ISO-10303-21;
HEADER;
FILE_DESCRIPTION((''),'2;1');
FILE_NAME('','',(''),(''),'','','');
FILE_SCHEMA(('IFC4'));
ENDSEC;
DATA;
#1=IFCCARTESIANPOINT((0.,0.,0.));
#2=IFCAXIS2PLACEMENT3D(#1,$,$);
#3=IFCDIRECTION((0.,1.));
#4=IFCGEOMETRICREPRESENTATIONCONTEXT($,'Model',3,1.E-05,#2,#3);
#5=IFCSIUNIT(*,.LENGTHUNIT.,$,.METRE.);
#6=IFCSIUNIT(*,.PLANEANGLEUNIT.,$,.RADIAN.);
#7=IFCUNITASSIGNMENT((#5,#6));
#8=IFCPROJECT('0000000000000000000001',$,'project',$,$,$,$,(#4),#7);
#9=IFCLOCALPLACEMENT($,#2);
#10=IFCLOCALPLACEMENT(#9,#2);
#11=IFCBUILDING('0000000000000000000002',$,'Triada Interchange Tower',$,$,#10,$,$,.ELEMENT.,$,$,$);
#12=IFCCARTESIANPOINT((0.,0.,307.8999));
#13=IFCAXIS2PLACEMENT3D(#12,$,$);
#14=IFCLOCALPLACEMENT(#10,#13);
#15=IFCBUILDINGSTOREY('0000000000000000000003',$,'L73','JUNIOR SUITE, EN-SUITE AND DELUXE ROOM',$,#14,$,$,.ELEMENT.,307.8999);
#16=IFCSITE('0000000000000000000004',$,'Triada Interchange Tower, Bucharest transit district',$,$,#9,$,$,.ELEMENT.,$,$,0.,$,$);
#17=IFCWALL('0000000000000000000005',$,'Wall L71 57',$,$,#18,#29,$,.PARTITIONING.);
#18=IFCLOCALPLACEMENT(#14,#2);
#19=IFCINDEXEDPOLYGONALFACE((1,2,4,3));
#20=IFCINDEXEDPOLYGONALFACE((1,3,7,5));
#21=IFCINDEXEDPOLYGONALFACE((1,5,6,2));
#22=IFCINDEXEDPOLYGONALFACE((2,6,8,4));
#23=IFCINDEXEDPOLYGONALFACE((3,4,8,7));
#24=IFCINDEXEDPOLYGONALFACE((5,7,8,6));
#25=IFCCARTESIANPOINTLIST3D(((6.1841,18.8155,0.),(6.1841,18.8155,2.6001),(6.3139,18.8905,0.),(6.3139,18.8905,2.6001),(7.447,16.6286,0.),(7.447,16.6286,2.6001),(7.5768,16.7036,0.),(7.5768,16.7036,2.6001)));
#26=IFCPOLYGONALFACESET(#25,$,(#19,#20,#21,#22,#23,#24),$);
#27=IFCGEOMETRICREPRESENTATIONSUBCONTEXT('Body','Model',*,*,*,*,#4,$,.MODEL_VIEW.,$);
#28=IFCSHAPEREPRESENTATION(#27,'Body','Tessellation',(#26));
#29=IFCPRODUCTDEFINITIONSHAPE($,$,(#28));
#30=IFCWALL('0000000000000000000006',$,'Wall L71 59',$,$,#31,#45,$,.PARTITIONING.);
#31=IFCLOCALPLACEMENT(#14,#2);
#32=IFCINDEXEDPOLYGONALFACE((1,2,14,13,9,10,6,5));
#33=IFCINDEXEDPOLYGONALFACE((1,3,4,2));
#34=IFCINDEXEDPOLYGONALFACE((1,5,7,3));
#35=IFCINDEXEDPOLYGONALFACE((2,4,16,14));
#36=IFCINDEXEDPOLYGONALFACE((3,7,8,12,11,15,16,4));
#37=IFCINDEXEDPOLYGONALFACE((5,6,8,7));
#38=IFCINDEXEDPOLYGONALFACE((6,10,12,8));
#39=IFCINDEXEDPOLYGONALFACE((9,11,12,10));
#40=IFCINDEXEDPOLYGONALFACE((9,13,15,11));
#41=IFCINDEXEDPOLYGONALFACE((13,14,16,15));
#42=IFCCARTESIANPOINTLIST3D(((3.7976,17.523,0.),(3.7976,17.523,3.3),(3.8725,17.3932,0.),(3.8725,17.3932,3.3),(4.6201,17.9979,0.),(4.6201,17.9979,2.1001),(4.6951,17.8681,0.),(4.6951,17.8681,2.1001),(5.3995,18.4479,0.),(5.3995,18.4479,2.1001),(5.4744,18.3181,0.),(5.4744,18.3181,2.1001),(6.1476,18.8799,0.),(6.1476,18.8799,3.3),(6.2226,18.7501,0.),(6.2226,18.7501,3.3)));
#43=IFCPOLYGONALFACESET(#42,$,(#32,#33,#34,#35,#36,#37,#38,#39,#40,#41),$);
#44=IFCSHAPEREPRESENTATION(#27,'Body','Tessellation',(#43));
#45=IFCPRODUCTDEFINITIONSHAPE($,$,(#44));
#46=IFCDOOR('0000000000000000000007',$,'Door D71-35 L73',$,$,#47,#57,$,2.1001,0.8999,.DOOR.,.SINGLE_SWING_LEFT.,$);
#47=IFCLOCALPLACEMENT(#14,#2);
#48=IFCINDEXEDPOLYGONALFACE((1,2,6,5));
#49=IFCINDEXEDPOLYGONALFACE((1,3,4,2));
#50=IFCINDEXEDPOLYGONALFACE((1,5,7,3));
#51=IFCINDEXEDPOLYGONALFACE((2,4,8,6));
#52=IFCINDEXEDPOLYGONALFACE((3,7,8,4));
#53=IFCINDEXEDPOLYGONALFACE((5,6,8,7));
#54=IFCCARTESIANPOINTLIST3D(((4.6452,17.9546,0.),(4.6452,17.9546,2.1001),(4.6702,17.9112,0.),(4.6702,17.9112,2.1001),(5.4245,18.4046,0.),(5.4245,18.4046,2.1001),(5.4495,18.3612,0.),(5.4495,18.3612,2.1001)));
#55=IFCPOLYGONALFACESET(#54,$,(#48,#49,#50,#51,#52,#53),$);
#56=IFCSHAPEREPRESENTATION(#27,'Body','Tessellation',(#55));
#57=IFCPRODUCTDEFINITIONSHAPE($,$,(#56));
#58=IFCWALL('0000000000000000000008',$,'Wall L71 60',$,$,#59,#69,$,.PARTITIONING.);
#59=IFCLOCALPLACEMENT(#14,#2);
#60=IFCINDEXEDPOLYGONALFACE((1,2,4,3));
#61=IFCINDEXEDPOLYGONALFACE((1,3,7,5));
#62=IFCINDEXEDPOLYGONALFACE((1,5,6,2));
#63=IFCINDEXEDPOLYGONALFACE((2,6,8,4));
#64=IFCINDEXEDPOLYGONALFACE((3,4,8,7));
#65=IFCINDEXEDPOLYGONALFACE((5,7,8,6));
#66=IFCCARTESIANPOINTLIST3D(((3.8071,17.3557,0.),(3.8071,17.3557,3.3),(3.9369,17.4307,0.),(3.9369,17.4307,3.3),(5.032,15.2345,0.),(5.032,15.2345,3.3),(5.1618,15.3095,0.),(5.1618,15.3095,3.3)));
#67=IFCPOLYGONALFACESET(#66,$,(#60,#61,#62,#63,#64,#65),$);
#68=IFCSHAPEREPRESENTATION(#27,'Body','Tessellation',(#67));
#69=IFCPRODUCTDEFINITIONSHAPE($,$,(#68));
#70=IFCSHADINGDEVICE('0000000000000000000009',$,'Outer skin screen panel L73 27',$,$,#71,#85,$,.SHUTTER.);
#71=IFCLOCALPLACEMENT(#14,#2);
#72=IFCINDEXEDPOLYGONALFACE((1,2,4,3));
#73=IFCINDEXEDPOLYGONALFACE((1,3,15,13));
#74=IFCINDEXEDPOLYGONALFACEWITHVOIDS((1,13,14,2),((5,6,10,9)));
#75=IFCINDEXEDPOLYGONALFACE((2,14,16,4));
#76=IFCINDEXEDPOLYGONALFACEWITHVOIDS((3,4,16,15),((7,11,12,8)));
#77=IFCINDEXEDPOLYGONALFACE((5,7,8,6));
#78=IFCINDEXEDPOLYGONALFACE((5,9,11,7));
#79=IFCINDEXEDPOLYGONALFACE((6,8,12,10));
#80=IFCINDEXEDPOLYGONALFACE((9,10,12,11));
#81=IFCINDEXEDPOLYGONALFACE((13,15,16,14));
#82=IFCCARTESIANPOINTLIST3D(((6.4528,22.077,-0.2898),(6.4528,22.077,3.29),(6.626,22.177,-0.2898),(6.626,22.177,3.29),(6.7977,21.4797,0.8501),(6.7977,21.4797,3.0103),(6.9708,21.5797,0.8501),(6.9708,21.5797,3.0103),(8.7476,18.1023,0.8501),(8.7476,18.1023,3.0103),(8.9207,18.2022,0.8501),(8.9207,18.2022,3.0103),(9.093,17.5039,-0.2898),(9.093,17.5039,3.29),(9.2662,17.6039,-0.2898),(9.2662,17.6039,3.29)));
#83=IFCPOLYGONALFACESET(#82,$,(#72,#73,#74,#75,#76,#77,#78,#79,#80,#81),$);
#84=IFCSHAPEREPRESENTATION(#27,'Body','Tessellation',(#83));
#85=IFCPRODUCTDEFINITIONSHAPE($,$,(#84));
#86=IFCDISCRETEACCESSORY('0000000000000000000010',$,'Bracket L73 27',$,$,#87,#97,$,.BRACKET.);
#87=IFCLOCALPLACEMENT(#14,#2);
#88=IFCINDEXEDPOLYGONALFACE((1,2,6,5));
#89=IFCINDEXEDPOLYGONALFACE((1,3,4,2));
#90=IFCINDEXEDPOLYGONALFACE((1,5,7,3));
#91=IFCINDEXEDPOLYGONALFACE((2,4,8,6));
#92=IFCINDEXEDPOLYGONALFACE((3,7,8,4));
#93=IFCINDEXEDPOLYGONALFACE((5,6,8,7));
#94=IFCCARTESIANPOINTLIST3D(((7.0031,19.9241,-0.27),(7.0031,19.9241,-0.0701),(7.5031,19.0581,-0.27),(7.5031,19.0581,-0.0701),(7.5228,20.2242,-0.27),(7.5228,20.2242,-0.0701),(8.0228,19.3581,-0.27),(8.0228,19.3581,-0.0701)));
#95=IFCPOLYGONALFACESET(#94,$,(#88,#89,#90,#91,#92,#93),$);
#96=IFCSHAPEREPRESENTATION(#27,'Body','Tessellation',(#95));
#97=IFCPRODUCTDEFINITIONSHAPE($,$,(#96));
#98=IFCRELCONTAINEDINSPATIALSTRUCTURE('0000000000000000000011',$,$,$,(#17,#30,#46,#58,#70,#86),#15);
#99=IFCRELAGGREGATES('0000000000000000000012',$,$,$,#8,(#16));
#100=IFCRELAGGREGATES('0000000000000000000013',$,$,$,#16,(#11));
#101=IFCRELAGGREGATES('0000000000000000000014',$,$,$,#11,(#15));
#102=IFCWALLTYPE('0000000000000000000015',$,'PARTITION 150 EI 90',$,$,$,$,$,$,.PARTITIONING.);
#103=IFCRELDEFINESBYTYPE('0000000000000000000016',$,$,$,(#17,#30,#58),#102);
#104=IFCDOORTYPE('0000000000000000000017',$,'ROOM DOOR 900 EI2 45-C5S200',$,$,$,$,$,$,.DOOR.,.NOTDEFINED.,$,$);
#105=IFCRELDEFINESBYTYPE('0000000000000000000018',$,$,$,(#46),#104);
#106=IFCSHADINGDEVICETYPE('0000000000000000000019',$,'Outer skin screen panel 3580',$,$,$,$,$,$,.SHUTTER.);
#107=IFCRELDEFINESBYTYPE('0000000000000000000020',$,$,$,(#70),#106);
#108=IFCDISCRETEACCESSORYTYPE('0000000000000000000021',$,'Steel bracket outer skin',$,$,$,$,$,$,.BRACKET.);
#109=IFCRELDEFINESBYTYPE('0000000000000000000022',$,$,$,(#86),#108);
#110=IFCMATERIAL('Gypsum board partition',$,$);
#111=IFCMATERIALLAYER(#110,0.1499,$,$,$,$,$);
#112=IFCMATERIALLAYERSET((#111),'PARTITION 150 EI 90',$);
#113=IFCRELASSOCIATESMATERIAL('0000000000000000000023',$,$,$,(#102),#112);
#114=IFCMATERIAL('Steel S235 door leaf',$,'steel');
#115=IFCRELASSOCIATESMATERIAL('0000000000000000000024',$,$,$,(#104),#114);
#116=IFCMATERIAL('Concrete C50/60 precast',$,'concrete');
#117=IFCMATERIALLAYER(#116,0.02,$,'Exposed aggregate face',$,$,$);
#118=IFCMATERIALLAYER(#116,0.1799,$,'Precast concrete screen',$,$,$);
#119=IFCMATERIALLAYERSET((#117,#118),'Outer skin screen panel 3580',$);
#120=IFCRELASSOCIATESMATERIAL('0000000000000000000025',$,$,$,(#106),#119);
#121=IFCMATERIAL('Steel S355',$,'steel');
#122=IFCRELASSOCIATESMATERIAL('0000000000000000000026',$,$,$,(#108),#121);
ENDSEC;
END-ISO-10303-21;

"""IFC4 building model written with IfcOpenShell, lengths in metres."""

from ifc_helpers import new_model, si_unit, direction, frame, frame_2d, origin, origin_2d, place, context, subcontext, project, spatial, polyline, rectangle, outline, extrude, material, layer, layer_set, type_object, element, fill, save


model = new_model("IFC4")

# Units and contexts
model_context = context("Model", 3, precision=1e-05, world=origin(), true_north=direction((0.0, 1.0)))
body_context = subcontext(model_context, "Body", "Model", "MODEL_VIEW")
ifc_project = project(units=[si_unit("LENGTHUNIT", "METRE"), si_unit("PLANEANGLEUNIT", "RADIAN")], contexts=[model_context])

# Site, building, storey
site_placement = place(None, origin())
site = spatial("IfcSite", under=ifc_project, at=site_placement, Name="Triada Interchange Tower, Bucharest transit district", CompositionType="ELEMENT", RefElevation=0.0)
building_placement = place(site_placement, origin())
building = spatial("IfcBuilding", under=site, at=building_placement, Name="Triada Interchange Tower", CompositionType="ELEMENT")
storey_placement = place(building_placement, frame((0.0, 0.0, 307.8999)))
storey = spatial("IfcBuildingStorey", under=building, at=storey_placement, Name="L73", Description="JUNIOR SUITE, EN-SUITE AND DELUXE ROOM", CompositionType="ELEMENT", Elevation=307.8999)

# Shared definitions
ifc_material_1 = material(Name="Gypsum board partition")

# Shared definitions
ifc_material_2 = material(Name="Steel S235 door leaf", Category="steel")

# Wall
ifc_layer_1 = layer(ifc_material_1, 0.1499)
ifc_layer_set_1 = layer_set([ifc_layer_1], Name="PARTITION 150 EI 90")
wall_type_1 = type_object("IfcWallType", Name="PARTITION 150 EI 90", PredefinedType="PARTITIONING", material=ifc_layer_set_1)
wall_1_placement = place(storey_placement, frame((6.249, 18.853, 0.0), z_axis=(0.0, 0.0, 1.0), x_axis=(0.500079, -0.86598, 0.0)))
element("IfcWall", 1, at=wall_1_placement, inside=storey, type_object=wall_type_1, Name="Wall L71 57", PredefinedType="PARTITIONING", context=body_context, shape_type="SweptSolid", body=[
    extrude(rectangle(XDim=2.5254, YDim=0.1499, at=frame_2d((1.2627, 0.0))), origin(), (0.0, 0.0, 1.0), 2.6001),
])

# Wall, opening, door
wall_2_placement = place(storey_placement, frame((3.835, 17.458, 0.0), z_axis=(0.0, 0.0, 1.0), x_axis=(0.866009, 0.500029, 0.0)))
wall_2 = element("IfcWall", 2, at=wall_2_placement, inside=storey, type_object=wall_type_1, Name="Wall L71 59", PredefinedType="PARTITIONING", context=body_context, shape_type="SweptSolid", body=[
    extrude(rectangle(XDim=2.7136, YDim=0.1499, at=frame_2d((1.3569, 0.0))), origin(), (0.0, 0.0, 1.0), 3.3),
])
opening_1_placement = place(wall_2_placement, frame((0.95, 0.0, 0.0)))
opening_1 = element("IfcOpeningElement", 3, at=opening_1_placement, cuts=wall_2, PredefinedType="OPENING", context=body_context, shape_type="SweptSolid", body=[
    extrude(rectangle(XDim=0.8999, YDim=2.1001, at=frame_2d((0.45, 1.05))), frame((0.0, 0.085, 0.0), z_axis=(0.0, -1.0, 0.0), x_axis=(1.0, 0.0, 0.0)), (0.0, 0.0, 1.0), 0.1699),
])
door_type_1 = type_object("IfcDoorType", Name="ROOM DOOR 900 EI2 45-C5S200", OperationType="NOTDEFINED", PredefinedType="DOOR", material=ifc_material_2)
door_1_placement = place(opening_1_placement, origin())
door_1 = element("IfcDoor", 4, at=door_1_placement, inside=storey, type_object=door_type_1, Name="Door D71-35 L73", OperationType="SINGLE_SWING_LEFT", OverallHeight=2.1001, OverallWidth=0.8999, PredefinedType="DOOR", context=body_context, shape_type="SweptSolid", body=[
    extrude(rectangle(XDim=0.8999, YDim=2.1001, at=frame_2d((0.45, 1.05))), frame((0.0, 0.0249, 0.0), z_axis=(0.0, -1.0, 0.0), x_axis=(1.0, 0.0, 0.0)), (0.0, 0.0, 1.0), 0.05),
])
fill(opening_1, door_1)

# Wall
wall_3_placement = place(storey_placement, frame((3.8721, 17.3931, 0.0), z_axis=(0.0, 0.0, 1.0), x_axis=(0.500073, -0.865983, 0.0)))
element("IfcWall", 5, at=wall_3_placement, inside=storey, type_object=wall_type_1, Name="Wall L71 60", PredefinedType="PARTITIONING", context=body_context, shape_type="SweptSolid", body=[
    extrude(rectangle(XDim=2.4495, YDim=0.1499, at=frame_2d((1.2246, 0.0))), origin(), (0.0, 0.0, 1.0), 3.3),
])

# Shading device
ifc_material_3 = material(Name="Concrete C50/60 precast", Category="concrete")
ifc_layer_2 = layer(ifc_material_3, 0.02, Name="Exposed aggregate face")
ifc_layer_3 = layer(ifc_material_3, 0.1799, Name="Precast concrete screen")
ifc_layer_set_2 = layer_set([ifc_layer_2, ifc_layer_3], Name="Outer skin screen panel 3580")
shading_device_type = type_object("IfcShadingDeviceType", Name="Outer skin screen panel 3580", PredefinedType="SHUTTER", material=ifc_layer_set_2)
shading_device_placement = place(storey_placement, frame((9.093, 17.5039, -0.2898), z_axis=(0.0, 0.0, 1.0), x_axis=(-0.499988, 0.866032, 0.0)))
element("IfcShadingDevice", 6, at=shading_device_placement, inside=storey, type_object=shading_device_type, Name="Outer skin screen panel L73 27", PredefinedType="SHUTTER", context=body_context, shape_type="SweptSolid", body=[
    extrude(outline(polyline([(0.0, 0.0), (5.2805, 0.0), (5.2805, 3.5798), (0.0, 3.5798), (0.0, 0.0)]), holes=[polyline([(0.6909, 1.1399), (0.6909, 3.3), (4.5908, 3.3), (4.5908, 1.1399), (0.6909, 1.1399)])]), frame((0.0, 0.0, 0.0), z_axis=(0.0, -1.0, 0.0), x_axis=(1.0, 0.0, 0.0)), (0.0, 0.0, 1.0), 0.2),
])

# Discrete accessory
ifc_material_4 = material(Name="Steel S355", Category="steel")
discrete_accessory_type = type_object("IfcDiscreteAccessoryType", Name="Steel bracket outer skin", PredefinedType="BRACKET", material=ifc_material_4)
discrete_accessory_placement = place(storey_placement, frame((7.5129, 19.6411, -0.27), z_axis=(0.0, 0.0, 1.0), x_axis=(0.866027, 0.499997, 0.0)))
element("IfcDiscreteAccessory", 7, at=discrete_accessory_placement, inside=storey, type_object=discrete_accessory_type, Name="Bracket L73 27", PredefinedType="BRACKET", context=body_context, shape_type="SweptSolid", body=[
    extrude(rectangle(XDim=0.6001, YDim=1.0, at=origin_2d()), origin(), (0.0, 0.0, 1.0), 0.2),
])

save(model, "model.ifc")
